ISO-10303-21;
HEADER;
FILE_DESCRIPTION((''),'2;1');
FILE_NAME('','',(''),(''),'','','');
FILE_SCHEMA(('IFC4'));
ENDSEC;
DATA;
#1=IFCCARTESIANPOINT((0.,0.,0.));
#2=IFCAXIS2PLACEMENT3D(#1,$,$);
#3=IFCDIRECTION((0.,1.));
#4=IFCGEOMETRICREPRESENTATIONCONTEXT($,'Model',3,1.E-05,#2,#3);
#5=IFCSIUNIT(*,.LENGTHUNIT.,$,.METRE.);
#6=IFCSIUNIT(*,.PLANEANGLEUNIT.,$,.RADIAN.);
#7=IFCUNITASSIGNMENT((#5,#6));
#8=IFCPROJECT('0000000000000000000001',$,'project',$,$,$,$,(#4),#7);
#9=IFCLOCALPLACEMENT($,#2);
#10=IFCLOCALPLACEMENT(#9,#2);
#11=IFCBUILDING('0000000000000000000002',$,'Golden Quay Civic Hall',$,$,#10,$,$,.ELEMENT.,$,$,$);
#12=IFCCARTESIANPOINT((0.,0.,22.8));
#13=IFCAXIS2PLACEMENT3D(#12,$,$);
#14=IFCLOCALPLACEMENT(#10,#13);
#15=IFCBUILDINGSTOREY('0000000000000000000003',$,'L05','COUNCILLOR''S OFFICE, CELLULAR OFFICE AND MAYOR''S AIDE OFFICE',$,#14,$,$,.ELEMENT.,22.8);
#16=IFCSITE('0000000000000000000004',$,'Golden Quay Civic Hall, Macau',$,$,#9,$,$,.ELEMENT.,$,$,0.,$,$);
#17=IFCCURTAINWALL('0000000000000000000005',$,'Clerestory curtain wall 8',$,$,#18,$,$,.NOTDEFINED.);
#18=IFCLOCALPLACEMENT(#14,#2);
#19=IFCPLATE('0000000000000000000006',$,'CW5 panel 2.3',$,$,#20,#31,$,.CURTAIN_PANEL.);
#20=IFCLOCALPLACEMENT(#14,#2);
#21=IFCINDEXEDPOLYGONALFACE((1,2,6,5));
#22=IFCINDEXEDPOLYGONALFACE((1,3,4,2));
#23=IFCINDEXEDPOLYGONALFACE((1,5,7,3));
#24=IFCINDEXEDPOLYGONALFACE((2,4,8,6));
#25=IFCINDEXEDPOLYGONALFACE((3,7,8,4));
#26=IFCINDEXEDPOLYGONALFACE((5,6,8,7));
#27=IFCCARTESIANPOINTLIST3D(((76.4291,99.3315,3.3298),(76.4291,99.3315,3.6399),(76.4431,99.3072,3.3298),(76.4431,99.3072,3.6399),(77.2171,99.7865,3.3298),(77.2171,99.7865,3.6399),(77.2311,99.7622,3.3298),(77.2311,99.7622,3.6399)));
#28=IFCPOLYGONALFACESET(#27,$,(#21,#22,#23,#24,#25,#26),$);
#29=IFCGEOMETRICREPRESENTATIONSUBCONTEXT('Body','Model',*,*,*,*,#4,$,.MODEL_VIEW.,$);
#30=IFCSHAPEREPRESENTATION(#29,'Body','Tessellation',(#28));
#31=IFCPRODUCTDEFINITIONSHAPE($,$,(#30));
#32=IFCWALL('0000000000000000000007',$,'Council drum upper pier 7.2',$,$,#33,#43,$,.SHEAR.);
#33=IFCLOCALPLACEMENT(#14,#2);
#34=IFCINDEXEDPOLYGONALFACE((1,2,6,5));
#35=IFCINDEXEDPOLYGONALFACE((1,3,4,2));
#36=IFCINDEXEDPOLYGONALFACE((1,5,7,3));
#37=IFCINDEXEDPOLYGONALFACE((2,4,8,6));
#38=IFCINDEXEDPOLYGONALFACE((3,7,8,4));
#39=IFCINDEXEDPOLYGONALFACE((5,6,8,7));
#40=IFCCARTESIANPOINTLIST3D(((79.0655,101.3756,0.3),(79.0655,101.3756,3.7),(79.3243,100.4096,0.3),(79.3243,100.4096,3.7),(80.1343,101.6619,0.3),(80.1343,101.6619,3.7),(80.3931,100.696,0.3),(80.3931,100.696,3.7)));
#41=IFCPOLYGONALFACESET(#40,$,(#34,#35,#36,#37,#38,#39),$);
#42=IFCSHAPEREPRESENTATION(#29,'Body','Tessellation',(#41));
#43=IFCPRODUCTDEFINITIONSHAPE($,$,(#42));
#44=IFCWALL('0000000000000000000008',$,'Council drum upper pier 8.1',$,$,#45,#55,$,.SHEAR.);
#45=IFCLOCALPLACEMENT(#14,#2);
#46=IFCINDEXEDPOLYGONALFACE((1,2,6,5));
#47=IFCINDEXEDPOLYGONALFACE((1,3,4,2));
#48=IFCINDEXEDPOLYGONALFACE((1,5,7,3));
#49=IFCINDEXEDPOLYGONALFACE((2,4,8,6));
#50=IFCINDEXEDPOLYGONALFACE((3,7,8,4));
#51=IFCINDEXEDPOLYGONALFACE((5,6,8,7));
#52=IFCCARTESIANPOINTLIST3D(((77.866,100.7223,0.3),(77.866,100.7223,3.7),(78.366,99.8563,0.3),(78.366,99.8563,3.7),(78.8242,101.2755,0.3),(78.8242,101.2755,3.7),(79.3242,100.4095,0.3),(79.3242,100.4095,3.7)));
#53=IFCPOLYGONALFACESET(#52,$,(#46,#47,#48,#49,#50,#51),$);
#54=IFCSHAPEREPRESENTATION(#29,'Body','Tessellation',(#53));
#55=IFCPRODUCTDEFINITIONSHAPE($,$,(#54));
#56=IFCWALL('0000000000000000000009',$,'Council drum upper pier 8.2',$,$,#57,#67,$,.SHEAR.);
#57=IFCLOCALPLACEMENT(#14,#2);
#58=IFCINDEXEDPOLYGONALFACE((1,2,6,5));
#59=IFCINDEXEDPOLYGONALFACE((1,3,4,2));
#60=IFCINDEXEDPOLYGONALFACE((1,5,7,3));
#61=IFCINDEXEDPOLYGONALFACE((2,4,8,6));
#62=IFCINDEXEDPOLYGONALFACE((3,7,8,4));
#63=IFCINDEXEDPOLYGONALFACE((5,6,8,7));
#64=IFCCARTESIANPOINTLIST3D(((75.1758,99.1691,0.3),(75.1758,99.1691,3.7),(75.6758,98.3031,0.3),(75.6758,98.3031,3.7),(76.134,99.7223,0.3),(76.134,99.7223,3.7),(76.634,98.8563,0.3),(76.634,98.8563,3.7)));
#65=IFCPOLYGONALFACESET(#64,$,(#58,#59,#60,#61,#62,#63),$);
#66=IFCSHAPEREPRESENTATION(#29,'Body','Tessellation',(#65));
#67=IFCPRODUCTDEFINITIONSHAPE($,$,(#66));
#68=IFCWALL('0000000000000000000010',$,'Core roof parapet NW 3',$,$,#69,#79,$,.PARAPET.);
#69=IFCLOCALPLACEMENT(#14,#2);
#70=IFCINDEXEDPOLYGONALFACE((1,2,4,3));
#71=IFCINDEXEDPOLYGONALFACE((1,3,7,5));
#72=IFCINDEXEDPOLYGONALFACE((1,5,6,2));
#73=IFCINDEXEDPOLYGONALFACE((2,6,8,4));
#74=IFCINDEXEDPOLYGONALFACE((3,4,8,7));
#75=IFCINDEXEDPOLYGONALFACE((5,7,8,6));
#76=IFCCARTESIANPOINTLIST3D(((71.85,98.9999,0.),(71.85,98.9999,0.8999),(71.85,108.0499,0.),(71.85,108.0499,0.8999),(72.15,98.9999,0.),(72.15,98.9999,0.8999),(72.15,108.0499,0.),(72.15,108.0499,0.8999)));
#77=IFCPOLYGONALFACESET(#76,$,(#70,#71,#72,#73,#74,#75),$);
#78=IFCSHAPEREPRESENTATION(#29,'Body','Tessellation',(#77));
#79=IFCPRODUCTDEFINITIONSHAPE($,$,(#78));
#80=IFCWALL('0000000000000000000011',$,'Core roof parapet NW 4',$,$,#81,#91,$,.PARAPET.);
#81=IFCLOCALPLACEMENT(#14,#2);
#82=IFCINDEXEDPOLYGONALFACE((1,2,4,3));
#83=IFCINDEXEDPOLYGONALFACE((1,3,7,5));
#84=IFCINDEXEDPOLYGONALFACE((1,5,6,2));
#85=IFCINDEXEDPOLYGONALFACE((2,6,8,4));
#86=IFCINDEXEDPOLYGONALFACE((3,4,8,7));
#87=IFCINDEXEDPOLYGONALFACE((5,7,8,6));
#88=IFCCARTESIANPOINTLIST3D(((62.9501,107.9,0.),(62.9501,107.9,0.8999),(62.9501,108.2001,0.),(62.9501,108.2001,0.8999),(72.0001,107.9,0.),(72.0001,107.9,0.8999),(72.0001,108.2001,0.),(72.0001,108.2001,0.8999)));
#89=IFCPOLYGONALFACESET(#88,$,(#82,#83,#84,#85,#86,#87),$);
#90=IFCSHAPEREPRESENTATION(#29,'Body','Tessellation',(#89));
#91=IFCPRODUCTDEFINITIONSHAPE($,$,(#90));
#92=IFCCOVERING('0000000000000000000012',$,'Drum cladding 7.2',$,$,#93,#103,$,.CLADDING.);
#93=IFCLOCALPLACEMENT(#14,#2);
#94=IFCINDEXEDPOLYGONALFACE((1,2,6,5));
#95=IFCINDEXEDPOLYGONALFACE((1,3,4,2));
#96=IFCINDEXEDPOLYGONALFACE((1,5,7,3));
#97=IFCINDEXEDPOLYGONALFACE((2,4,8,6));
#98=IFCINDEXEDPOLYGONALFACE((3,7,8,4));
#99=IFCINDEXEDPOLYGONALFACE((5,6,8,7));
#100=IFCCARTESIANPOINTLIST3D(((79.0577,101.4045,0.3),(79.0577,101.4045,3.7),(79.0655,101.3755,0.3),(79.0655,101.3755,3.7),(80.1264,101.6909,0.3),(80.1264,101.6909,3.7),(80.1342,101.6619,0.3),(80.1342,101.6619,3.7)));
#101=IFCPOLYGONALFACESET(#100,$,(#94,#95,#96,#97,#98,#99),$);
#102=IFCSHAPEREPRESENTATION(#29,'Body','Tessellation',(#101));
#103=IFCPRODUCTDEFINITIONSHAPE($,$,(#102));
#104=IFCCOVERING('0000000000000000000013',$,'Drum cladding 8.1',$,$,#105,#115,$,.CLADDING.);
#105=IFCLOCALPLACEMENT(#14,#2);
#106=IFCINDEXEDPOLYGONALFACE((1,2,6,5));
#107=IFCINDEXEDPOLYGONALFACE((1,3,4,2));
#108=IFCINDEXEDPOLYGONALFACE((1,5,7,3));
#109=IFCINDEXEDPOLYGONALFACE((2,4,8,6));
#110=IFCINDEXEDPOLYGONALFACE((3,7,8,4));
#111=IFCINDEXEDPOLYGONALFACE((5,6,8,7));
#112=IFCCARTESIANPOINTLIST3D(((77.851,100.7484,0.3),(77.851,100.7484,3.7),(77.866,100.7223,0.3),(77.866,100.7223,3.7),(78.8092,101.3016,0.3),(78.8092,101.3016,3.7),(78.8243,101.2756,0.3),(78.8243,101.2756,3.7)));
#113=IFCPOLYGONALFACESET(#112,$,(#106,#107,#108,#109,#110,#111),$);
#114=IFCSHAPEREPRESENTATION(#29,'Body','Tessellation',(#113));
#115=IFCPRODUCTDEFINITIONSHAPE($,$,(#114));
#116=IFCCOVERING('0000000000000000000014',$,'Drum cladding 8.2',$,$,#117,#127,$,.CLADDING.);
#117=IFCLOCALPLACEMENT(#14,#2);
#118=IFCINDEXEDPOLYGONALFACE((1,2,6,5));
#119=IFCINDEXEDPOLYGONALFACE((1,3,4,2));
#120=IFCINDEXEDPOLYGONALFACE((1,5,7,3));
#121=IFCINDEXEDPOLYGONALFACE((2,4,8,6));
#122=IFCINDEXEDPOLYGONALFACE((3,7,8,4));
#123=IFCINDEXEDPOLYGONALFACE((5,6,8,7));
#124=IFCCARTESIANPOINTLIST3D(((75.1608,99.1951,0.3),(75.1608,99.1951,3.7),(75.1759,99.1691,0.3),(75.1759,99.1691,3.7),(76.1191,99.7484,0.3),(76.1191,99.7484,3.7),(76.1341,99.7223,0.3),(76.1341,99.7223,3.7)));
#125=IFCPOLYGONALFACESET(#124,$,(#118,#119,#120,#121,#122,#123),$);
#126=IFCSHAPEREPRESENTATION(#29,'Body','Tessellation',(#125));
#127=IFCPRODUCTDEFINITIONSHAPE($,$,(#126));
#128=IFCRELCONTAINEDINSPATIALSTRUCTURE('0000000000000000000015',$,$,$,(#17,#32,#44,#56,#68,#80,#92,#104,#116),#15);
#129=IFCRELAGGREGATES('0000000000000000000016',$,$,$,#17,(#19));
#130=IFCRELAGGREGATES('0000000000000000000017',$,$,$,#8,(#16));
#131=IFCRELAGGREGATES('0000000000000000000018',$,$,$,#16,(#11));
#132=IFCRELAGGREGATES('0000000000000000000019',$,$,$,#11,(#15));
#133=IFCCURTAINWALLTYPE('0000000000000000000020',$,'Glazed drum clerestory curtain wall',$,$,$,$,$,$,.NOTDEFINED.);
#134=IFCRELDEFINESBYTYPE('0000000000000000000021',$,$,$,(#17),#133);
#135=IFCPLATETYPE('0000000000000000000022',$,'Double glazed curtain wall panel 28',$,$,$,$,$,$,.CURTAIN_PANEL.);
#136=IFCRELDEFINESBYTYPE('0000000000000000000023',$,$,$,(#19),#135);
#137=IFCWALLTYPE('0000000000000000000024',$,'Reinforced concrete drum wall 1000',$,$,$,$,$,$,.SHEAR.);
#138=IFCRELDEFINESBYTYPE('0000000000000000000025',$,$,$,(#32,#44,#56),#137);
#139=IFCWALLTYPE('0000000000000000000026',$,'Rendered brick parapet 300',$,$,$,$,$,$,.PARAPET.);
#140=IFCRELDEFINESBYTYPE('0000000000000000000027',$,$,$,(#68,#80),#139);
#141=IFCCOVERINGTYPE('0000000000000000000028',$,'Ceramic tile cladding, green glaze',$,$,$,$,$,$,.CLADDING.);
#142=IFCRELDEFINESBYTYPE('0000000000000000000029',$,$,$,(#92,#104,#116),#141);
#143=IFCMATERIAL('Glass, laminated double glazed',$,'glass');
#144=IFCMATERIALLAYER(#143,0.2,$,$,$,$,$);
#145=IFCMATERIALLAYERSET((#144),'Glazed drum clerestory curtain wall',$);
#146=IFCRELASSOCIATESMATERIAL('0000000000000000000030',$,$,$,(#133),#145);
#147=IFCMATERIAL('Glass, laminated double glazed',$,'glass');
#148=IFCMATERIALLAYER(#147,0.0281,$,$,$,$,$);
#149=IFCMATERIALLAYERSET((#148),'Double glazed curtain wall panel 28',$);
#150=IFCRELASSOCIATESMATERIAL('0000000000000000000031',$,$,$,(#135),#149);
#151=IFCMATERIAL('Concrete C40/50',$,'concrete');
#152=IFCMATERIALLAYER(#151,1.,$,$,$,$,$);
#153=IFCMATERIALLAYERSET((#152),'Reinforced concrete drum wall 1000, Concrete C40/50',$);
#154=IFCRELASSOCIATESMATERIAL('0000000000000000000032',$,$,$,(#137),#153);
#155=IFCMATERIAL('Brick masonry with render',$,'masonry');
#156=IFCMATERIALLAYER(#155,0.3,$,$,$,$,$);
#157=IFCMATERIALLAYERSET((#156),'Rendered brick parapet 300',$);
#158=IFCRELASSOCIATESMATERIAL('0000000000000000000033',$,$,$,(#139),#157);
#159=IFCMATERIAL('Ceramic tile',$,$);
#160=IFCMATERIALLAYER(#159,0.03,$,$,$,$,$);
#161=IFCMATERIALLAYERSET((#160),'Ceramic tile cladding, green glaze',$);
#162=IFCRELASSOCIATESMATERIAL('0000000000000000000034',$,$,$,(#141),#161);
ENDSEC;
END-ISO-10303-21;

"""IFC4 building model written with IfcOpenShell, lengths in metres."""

from ifc_helpers import new_model, si_unit, direction, frame, frame_2d, origin, origin_2d, place, context, subcontext, project, spatial, rectangle, extrude, material, layer, layer_set, type_object, element, aggregate, save


model = new_model("IFC4")

# Units and contexts
model_context = context("Model", 3, precision=1e-05, world=origin(), true_north=direction((0.0, 1.0)))
body_context = subcontext(model_context, "Body", "Model", "MODEL_VIEW")
ifc_project = project(units=[si_unit("LENGTHUNIT", "METRE"), si_unit("PLANEANGLEUNIT", "RADIAN")], contexts=[model_context])

# Site, building, storey
site_placement = place(None, origin())
site = spatial("IfcSite", under=ifc_project, at=site_placement, Name="Golden Quay Civic Hall, Macau", CompositionType="ELEMENT", RefElevation=0.0)
building_placement = place(site_placement, origin())
building = spatial("IfcBuilding", under=site, at=building_placement, Name="Golden Quay Civic Hall", CompositionType="ELEMENT")
storey_placement = place(building_placement, frame((0.0, 0.0, 22.8)))
storey = spatial("IfcBuildingStorey", under=building, at=storey_placement, Name="L05", Description="COUNCILLOR'S OFFICE, CELLULAR OFFICE AND MAYOR'S AIDE OFFICE", CompositionType="ELEMENT", Elevation=22.8)

# Curtain wall
ifc_material_1 = material(Name="Glass, laminated double glazed", Category="glass")
ifc_layer_1 = layer(ifc_material_1, 0.2)
ifc_layer_set_1 = layer_set([ifc_layer_1], Name="Glazed drum clerestory curtain wall")
curtain_wall_type = type_object("IfcCurtainWallType", Name="Glazed drum clerestory curtain wall", PredefinedType="NOTDEFINED", material=ifc_layer_set_1)
curtain_wall_1_placement = place(storey_placement, origin())
curtain_wall_1 = element("IfcCurtainWall", 1, at=curtain_wall_1_placement, inside=storey, type_object=curtain_wall_type, Name="Clerestory curtain wall 8", PredefinedType="NOTDEFINED")

# Plate
ifc_material_2 = material(Name="Glass, laminated double glazed", Category="glass")
ifc_layer_2 = layer(ifc_material_2, 0.0281)
ifc_layer_set_2 = layer_set([ifc_layer_2], Name="Double glazed curtain wall panel 28")
plate_type = type_object("IfcPlateType", Name="Double glazed curtain wall panel 28", PredefinedType="CURTAIN_PANEL", material=ifc_layer_set_2)
plate_1_placement = place(storey_placement, frame((76.8301, 99.5469, 3.3298), z_axis=(0.0, 0.0, 1.0), x_axis=(-0.866019, -0.500011, 0.0)))
plate_1 = element("IfcPlate", 2, at=plate_1_placement, type_object=plate_type, Name="CW5 panel 2.3", PredefinedType="CURTAIN_PANEL", context=body_context, shape_type="SweptSolid", body=[
    extrude(rectangle(XDim=0.9099, YDim=0.0281, at=origin_2d()), origin(), (0.0, 0.0, 1.0), 0.3101),
])
aggregate(curtain_wall_1, [plate_1])

# Walls
ifc_material_3 = material(Name="Concrete C40/50", Category="concrete")
ifc_layer_3 = layer(ifc_material_3, 1.0)
ifc_layer_set_3 = layer_set([ifc_layer_3], Name="Reinforced concrete drum wall 1000, Concrete C40/50")
wall_type_1 = type_object("IfcWallType", Name="Reinforced concrete drum wall 1000", PredefinedType="SHEAR", material=ifc_layer_set_3)
for number, where, z_axis, x_axis, name in (
    (3, (80.2637, 101.179, 0.3), (0.0, 0.0, 1.0), (-0.96593, -0.258802, 0.0), "Council drum upper pier 7.2"),
    (4, (79.0742, 100.8425, 0.3), (0.0, 0.0, 1.0), (-0.866035, -0.499983, 0.0), "Council drum upper pier 8.1"),
    (5, (76.384, 99.2893, 0.3), (0.0, 0.0, 1.0), (-0.866035, -0.499983, 0.0), "Council drum upper pier 8.2"),
):
    element("IfcWall", number, at=place(storey_placement, frame(where, z_axis=z_axis, x_axis=x_axis)), inside=storey, type_object=wall_type_1, Name=name, PredefinedType="SHEAR", context=body_context, shape_type="SweptSolid", body=[
        extrude(rectangle(XDim=1.1064, YDim=1.0, at=frame_2d((0.5532, 0.0))), origin(), (0.0, 0.0, 1.0), 3.3999),
    ])
ifc_material_4 = material(Name="Brick masonry with render", Category="masonry")
ifc_layer_4 = layer(ifc_material_4, 0.3)
ifc_layer_set_4 = layer_set([ifc_layer_4], Name="Rendered brick parapet 300")
wall_type_2 = type_object("IfcWallType", Name="Rendered brick parapet 300", PredefinedType="PARAPET", material=ifc_layer_set_4)
for number, where, z_axis, x_axis, name in (
    (6, (72.0, 99.0, 0.0), (0.0, 0.0, 1.0), (0.0, 1.0, 0.0), "Core roof parapet NW 3"),
    (7, (72.0, 108.05, 0.0), (0.0, 0.0, 1.0), (-1.0, 0.0, 0.0), "Core roof parapet NW 4"),
):
    element("IfcWall", number, at=place(storey_placement, frame(where, z_axis=z_axis, x_axis=x_axis)), inside=storey, type_object=wall_type_2, Name=name, PredefinedType="PARAPET", context=body_context, shape_type="SweptSolid", body=[
        extrude(rectangle(XDim=9.05, YDim=0.3, at=frame_2d((4.5249, 0.0))), origin(), (0.0, 0.0, 1.0), 0.8999),
    ])

# Coverings
ifc_material_5 = material(Name="Ceramic tile")
ifc_layer_5 = layer(ifc_material_5, 0.03)
ifc_layer_set_5 = layer_set([ifc_layer_5], Name="Ceramic tile cladding, green glaze")
covering_type = type_object("IfcCoveringType", Name="Ceramic tile cladding, green glaze", PredefinedType="CLADDING", material=ifc_layer_set_5)
for number, where, z_axis, x_axis, name in (
    (8, (79.5959, 101.5332, 0.3), (0.0, 0.0, 1.0), (-0.965926, -0.258819, 0.0), "Drum cladding 7.2"),
    (9, (78.3376, 101.012, 0.3), (0.0, 0.0, 1.0), (-0.866025, -0.5, 0.0), "Drum cladding 8.1"),
    (10, (75.6475, 99.4587, 0.3), (0.0, 0.0, 1.0), (-0.866025, -0.5, 0.0), "Drum cladding 8.2"),
):
    element("IfcCovering", number, at=place(storey_placement, frame(where, z_axis=z_axis, x_axis=x_axis)), inside=storey, type_object=covering_type, Name=name, PredefinedType="CLADDING", context=body_context, shape_type="SweptSolid", body=[
        extrude(rectangle(XDim=1.1064, YDim=0.03, at=origin_2d()), origin(), (0.0, 0.0, 1.0), 3.3999),
    ])

save(model, "model.ifc")
